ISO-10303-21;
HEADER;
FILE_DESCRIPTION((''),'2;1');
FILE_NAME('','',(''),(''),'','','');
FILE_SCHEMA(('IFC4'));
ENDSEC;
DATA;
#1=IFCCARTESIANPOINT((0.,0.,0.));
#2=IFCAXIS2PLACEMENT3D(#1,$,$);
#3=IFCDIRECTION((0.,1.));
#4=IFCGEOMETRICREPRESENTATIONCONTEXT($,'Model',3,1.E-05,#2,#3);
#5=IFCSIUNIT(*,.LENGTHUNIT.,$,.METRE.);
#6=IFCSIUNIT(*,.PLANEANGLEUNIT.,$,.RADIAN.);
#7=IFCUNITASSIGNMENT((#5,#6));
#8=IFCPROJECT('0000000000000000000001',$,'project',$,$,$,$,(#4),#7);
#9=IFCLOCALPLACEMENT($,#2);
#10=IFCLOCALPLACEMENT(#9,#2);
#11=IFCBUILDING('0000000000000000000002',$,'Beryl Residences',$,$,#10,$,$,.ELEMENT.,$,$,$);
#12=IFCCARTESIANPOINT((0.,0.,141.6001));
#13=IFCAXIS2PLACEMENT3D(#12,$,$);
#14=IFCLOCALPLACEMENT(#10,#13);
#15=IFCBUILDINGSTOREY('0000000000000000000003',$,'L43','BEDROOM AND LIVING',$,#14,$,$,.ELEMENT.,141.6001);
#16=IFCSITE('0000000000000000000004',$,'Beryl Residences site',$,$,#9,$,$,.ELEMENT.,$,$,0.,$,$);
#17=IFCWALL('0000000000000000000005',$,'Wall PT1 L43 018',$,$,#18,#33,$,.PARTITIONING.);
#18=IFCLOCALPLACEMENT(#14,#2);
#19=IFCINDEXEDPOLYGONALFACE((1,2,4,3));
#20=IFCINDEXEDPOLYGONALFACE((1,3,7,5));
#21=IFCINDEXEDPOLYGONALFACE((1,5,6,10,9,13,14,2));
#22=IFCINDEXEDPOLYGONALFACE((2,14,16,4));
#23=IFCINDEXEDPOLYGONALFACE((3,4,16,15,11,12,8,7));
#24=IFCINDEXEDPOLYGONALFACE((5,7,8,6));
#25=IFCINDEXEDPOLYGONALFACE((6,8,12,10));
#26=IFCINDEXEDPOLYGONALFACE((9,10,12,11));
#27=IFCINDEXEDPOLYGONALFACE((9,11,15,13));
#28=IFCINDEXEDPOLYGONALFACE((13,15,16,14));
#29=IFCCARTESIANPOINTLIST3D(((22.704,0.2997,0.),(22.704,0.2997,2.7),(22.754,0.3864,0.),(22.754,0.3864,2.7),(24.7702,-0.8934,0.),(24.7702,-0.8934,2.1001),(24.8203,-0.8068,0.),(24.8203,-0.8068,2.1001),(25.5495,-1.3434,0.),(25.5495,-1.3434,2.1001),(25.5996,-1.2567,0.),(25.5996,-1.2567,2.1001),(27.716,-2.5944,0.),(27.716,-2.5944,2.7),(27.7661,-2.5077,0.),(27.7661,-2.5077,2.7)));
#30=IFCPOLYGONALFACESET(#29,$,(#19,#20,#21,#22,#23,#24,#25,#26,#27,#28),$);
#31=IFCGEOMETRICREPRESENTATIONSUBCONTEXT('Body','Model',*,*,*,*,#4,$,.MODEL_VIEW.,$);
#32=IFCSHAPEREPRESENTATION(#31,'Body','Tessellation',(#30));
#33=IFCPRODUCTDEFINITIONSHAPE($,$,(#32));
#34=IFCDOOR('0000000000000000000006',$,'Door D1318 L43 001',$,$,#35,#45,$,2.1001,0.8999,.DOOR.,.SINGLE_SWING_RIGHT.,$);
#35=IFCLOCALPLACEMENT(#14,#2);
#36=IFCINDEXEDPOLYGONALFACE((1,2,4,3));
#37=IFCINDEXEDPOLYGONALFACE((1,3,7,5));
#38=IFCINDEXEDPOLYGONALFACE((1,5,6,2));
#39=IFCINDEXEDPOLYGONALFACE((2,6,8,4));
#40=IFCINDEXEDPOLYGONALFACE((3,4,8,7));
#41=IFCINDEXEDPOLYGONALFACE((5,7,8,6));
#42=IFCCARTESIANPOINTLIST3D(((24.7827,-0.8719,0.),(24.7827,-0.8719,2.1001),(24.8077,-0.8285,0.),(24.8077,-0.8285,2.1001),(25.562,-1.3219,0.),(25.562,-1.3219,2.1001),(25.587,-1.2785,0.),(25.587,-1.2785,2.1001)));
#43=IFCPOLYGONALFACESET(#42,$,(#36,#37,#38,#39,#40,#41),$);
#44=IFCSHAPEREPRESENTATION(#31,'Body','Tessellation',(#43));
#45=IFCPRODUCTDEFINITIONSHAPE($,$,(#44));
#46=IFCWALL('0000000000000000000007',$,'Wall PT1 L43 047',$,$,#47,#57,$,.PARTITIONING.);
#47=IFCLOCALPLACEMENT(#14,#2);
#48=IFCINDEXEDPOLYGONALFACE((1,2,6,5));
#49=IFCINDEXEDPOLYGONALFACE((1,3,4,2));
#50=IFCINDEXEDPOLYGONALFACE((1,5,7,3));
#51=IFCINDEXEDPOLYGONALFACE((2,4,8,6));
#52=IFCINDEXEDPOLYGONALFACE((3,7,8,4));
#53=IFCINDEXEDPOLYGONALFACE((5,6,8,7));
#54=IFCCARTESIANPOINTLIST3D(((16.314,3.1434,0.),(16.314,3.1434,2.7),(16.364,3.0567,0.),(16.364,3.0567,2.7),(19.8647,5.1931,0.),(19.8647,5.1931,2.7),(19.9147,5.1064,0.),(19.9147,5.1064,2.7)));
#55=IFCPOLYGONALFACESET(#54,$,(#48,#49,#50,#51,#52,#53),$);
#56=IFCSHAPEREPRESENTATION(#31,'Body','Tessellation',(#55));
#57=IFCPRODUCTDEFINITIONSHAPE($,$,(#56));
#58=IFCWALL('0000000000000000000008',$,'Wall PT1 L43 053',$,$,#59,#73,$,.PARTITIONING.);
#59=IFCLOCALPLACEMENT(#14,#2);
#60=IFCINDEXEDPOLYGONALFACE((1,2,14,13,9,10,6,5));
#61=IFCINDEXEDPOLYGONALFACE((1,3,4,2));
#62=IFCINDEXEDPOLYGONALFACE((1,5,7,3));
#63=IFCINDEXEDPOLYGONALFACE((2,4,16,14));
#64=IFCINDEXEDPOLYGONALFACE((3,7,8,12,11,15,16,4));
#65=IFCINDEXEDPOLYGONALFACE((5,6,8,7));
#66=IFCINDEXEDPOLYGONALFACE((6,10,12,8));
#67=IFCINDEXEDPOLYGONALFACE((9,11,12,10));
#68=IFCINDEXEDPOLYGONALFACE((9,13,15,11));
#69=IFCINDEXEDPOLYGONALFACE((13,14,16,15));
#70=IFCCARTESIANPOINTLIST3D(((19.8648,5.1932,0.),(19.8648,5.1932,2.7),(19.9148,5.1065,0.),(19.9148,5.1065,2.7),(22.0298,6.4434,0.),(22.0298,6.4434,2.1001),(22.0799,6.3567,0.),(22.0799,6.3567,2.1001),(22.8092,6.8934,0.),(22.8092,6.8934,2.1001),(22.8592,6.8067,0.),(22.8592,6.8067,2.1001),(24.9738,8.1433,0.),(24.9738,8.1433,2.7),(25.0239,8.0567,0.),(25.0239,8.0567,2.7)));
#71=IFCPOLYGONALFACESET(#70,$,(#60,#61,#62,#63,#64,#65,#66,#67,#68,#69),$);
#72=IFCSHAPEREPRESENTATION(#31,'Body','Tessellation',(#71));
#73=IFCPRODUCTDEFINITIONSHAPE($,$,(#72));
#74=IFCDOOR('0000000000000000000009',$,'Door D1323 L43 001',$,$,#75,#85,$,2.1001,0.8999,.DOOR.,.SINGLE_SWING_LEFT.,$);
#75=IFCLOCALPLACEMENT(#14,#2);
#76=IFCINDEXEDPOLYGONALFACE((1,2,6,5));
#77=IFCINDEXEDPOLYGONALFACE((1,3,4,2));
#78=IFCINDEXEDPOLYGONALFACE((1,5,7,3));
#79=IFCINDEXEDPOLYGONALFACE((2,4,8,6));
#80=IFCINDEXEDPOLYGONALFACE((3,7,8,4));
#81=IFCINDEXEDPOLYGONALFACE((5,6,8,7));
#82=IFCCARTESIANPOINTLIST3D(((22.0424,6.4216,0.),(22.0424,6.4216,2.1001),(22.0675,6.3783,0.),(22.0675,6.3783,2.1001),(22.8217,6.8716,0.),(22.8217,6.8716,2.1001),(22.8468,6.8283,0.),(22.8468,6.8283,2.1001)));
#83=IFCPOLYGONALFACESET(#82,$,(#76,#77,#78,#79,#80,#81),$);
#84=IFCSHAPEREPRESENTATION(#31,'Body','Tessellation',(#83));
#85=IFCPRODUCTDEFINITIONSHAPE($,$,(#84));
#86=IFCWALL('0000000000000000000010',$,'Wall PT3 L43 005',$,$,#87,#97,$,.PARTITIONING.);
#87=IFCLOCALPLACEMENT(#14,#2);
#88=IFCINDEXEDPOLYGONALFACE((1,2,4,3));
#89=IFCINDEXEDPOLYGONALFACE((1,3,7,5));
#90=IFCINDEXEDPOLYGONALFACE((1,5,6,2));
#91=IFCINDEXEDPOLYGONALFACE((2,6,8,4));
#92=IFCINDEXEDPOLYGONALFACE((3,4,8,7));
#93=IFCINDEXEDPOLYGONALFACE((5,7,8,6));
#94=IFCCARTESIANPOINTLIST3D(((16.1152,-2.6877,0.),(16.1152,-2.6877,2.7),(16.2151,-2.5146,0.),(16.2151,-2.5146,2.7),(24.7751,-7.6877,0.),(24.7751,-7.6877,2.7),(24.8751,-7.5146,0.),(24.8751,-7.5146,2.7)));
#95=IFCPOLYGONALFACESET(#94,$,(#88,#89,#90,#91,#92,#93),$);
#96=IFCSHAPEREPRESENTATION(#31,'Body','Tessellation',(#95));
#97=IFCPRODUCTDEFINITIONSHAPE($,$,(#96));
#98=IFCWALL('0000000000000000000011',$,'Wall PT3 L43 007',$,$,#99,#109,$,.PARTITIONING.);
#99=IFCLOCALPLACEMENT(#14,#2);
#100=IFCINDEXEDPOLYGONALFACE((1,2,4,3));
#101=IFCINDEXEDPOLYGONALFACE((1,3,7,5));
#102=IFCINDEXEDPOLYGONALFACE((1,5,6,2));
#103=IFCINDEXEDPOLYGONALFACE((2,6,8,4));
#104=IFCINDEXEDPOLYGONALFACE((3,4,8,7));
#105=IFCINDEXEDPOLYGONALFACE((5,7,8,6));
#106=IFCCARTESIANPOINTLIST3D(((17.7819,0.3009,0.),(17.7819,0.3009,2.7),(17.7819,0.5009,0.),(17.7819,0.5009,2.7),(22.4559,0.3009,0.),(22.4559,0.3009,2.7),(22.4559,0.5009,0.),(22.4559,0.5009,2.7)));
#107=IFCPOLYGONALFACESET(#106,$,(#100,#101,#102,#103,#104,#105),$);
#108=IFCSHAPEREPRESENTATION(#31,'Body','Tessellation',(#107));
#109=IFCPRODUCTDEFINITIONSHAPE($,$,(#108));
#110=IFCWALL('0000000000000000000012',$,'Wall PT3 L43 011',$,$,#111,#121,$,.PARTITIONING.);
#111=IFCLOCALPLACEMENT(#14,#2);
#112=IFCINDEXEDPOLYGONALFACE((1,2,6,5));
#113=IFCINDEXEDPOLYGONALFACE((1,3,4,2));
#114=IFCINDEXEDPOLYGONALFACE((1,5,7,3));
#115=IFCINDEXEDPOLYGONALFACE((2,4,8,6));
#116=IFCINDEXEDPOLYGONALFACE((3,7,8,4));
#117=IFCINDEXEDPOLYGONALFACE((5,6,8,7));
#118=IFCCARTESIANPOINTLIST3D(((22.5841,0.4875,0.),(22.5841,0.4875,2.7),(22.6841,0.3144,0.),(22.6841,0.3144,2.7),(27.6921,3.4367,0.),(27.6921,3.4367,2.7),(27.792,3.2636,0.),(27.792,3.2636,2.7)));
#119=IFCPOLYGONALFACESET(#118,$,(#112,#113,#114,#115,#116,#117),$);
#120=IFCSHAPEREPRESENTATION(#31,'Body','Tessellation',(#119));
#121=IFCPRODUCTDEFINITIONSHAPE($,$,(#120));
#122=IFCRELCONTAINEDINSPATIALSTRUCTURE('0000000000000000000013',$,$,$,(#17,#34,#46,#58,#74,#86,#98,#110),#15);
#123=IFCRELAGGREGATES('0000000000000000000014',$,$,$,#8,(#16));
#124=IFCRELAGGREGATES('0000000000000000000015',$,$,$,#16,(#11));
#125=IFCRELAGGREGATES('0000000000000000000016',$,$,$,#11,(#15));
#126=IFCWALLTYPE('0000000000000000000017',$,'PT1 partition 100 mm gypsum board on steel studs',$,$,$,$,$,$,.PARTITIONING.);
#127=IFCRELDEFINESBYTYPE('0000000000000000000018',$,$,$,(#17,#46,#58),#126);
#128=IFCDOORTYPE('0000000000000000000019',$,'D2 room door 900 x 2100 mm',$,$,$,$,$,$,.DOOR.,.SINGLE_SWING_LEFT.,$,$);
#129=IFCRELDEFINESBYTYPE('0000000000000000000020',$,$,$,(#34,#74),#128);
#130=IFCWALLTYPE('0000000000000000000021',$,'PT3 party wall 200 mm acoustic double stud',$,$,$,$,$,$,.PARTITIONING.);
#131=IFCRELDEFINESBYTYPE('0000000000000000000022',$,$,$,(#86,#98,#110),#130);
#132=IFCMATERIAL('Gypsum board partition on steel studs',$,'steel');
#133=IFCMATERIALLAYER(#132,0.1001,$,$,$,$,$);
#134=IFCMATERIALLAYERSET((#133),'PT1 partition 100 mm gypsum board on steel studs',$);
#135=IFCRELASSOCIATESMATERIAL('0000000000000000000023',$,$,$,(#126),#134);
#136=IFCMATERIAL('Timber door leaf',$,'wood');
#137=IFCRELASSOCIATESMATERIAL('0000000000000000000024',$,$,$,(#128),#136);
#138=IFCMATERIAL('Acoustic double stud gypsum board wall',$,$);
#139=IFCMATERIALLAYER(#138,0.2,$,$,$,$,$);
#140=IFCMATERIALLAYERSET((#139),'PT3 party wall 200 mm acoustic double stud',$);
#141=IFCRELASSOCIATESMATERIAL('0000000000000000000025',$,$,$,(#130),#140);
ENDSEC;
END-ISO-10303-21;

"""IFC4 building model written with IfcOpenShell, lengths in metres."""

from ifc_helpers import new_model, si_unit, direction, frame, frame_2d, origin, place, context, subcontext, project, spatial, rectangle, extrude, material, layer, layer_set, type_object, element, fill, save


model = new_model("IFC4")

# Units and contexts
model_context = context("Model", 3, precision=1e-05, world=origin(), true_north=direction((0.0, 1.0)))
body_context = subcontext(model_context, "Body", "Model", "MODEL_VIEW")
ifc_project = project(units=[si_unit("LENGTHUNIT", "METRE"), si_unit("PLANEANGLEUNIT", "RADIAN")], contexts=[model_context])

# Site, building, storey
site_placement = place(None, origin())
site = spatial("IfcSite", under=ifc_project, at=site_placement, Name="Beryl Residences site", CompositionType="ELEMENT", RefElevation=0.0)
building_placement = place(site_placement, origin())
building = spatial("IfcBuilding", under=site, at=building_placement, Name="Beryl Residences", CompositionType="ELEMENT")
storey_placement = place(building_placement, frame((0.0, 0.0, 141.6001)))
storey = spatial("IfcBuildingStorey", under=building, at=storey_placement, Name="L43", Description="BEDROOM AND LIVING", CompositionType="ELEMENT", Elevation=141.6001)

# Wall, opening, door
ifc_material_1 = material(Name="Gypsum board partition on steel studs", Category="steel")
ifc_layer_1 = layer(ifc_material_1, 0.1001)
ifc_layer_set_1 = layer_set([ifc_layer_1], Name="PT1 partition 100 mm gypsum board on steel studs")
wall_type_1 = type_object("IfcWallType", Name="PT1 partition 100 mm gypsum board on steel studs", PredefinedType="PARTITIONING", material=ifc_layer_set_1)
ifc_material_2 = material(Name="Timber door leaf", Category="wood")
door_type_1 = type_object("IfcDoorType", Name="D2 room door 900 x 2100 mm", OperationType="SINGLE_SWING_LEFT", PredefinedType="DOOR", material=ifc_material_2)
wall_1_placement = place(storey_placement, frame((22.729, 0.343, 0.0), z_axis=(0.0, 0.0, 1.0), x_axis=(0.865997, -0.50005, 0.0)))
wall_1 = element("IfcWall", 1, at=wall_1_placement, inside=storey, type_object=wall_type_1, Name="Wall PT1 L43 018", PredefinedType="PARTITIONING", context=body_context, shape_type="SweptSolid", body=[
    extrude(rectangle(XDim=5.7876, YDim=0.1001, at=frame_2d((2.8938, 0.0))), origin(), (0.0, 0.0, 1.0), 2.7),
])
opening_1_placement = place(wall_1_placement, frame((2.386, 0.0, 0.0)))
opening_1 = element("IfcOpeningElement", 2, at=opening_1_placement, cuts=wall_1, PredefinedType="OPENING", context=body_context, shape_type="SweptSolid", body=[
    extrude(rectangle(XDim=0.8999, YDim=2.1001, at=frame_2d((0.45, 1.05))), frame((0.0, 0.0601, 0.0), z_axis=(0.0, -1.0, 0.0), x_axis=(1.0, 0.0, 0.0)), (0.0, 0.0, 1.0), 0.1201),
])
door_1_placement = place(opening_1_placement, origin())
door_1 = element("IfcDoor", 3, at=door_1_placement, inside=storey, type_object=door_type_1, Name="Door D1318 L43 001", OperationType="SINGLE_SWING_RIGHT", OverallHeight=2.1001, OverallWidth=0.8999, PredefinedType="DOOR", context=body_context, shape_type="SweptSolid", body=[
    extrude(rectangle(XDim=0.8999, YDim=2.1001, at=frame_2d((0.45, 1.05))), frame((0.0, 0.0249, 0.0), z_axis=(0.0, -1.0, 0.0), x_axis=(1.0, 0.0, 0.0)), (0.0, 0.0, 1.0), 0.05),
])
fill(opening_1, door_1)

# Wall
wall_2_placement = place(storey_placement, frame((16.3391, 3.1001, 0.0), z_axis=(0.0, 0.0, 1.0), x_axis=(0.866051, 0.499956, 0.0)))
element("IfcWall", 4, at=wall_2_placement, inside=storey, type_object=wall_type_1, Name="Wall PT1 L43 047", PredefinedType="PARTITIONING", context=body_context, shape_type="SweptSolid", body=[
    extrude(rectangle(XDim=4.0999, YDim=0.1001, at=frame_2d((2.0498, 0.0))), origin(), (0.0, 0.0, 1.0), 2.7),
])

# Wall, opening, door
wall_3_placement = place(storey_placement, frame((19.8899, 5.1499, 0.0), z_axis=(0.0, 0.0, 1.0), x_axis=(0.865993, 0.500056, 0.0)))
wall_3 = element("IfcWall", 5, at=wall_3_placement, inside=storey, type_object=wall_type_1, Name="Wall PT1 L43 053", PredefinedType="PARTITIONING", context=body_context, shape_type="SweptSolid", body=[
    extrude(rectangle(XDim=5.8997, YDim=0.1001, at=frame_2d((2.9497, 0.0))), origin(), (0.0, 0.0, 1.0), 2.7),
])
opening_2_placement = place(wall_3_placement, frame((2.5, 0.0, 0.0)))
opening_2 = element("IfcOpeningElement", 6, at=opening_2_placement, cuts=wall_3, PredefinedType="OPENING", context=body_context, shape_type="SweptSolid", body=[
    extrude(rectangle(XDim=0.8999, YDim=2.1001, at=frame_2d((0.45, 1.05))), frame((0.0, 0.0601, 0.0), z_axis=(0.0, -1.0, 0.0), x_axis=(1.0, 0.0, 0.0)), (0.0, 0.0, 1.0), 0.1201),
])
door_2_placement = place(opening_2_placement, origin())
door_2 = element("IfcDoor", 7, at=door_2_placement, inside=storey, type_object=door_type_1, Name="Door D1323 L43 001", OperationType="SINGLE_SWING_LEFT", OverallHeight=2.1001, OverallWidth=0.8999, PredefinedType="DOOR", context=body_context, shape_type="SweptSolid", body=[
    extrude(rectangle(XDim=0.8999, YDim=2.1001, at=frame_2d((0.45, 1.05))), frame((0.0, 0.0249, 0.0), z_axis=(0.0, -1.0, 0.0), x_axis=(1.0, 0.0, 0.0)), (0.0, 0.0, 1.0), 0.05),
])
fill(opening_2, door_2)

# Walls
ifc_material_3 = material(Name="Acoustic double stud gypsum board wall")
ifc_layer_2 = layer(ifc_material_3, 0.2)
ifc_layer_set_2 = layer_set([ifc_layer_2], Name="PT3 party wall 200 mm acoustic double stud")
wall_type_2 = type_object("IfcWallType", Name="PT3 party wall 200 mm acoustic double stud", PredefinedType="PARTITIONING", material=ifc_layer_set_2)
wall_4_placement = place(storey_placement, frame((16.165, -2.6011, 0.0), z_axis=(0.0, 0.0, 1.0), x_axis=(0.866017, -0.500015, 0.0)))
element("IfcWall", 8, at=wall_4_placement, inside=storey, type_object=wall_type_2, Name="Wall PT3 L43 005", PredefinedType="PARTITIONING", context=body_context, shape_type="SweptSolid", body=[
    extrude(rectangle(XDim=9.9998, YDim=0.2, at=frame_2d((5.0, 0.0))), origin(), (0.0, 0.0, 1.0), 2.7),
])
wall_5_placement = place(storey_placement, frame((17.782, 0.4009, 0.0), z_axis=(0.0, 0.0, 1.0), x_axis=(1.0, 0.0, 0.0)))
element("IfcWall", 9, at=wall_5_placement, inside=storey, type_object=wall_type_2, Name="Wall PT3 L43 007", PredefinedType="PARTITIONING", context=body_context, shape_type="SweptSolid", body=[
    extrude(rectangle(XDim=4.6741, YDim=0.2, at=frame_2d((2.3369, 0.0))), origin(), (0.0, 0.0, 1.0), 2.7),
])
wall_6_placement = place(storey_placement, frame((22.634, 0.4009, 0.0), z_axis=(0.0, 0.0, 1.0), x_axis=(0.866013, 0.500021, 0.0)))
element("IfcWall", 10, at=wall_6_placement, inside=storey, type_object=wall_type_2, Name="Wall PT3 L43 011", PredefinedType="PARTITIONING", context=body_context, shape_type="SweptSolid", body=[
    extrude(rectangle(XDim=5.8982, YDim=0.2, at=frame_2d((2.9492, 0.0))), origin(), (0.0, 0.0, 1.0), 2.7),
])

save(model, "model.ifc")
